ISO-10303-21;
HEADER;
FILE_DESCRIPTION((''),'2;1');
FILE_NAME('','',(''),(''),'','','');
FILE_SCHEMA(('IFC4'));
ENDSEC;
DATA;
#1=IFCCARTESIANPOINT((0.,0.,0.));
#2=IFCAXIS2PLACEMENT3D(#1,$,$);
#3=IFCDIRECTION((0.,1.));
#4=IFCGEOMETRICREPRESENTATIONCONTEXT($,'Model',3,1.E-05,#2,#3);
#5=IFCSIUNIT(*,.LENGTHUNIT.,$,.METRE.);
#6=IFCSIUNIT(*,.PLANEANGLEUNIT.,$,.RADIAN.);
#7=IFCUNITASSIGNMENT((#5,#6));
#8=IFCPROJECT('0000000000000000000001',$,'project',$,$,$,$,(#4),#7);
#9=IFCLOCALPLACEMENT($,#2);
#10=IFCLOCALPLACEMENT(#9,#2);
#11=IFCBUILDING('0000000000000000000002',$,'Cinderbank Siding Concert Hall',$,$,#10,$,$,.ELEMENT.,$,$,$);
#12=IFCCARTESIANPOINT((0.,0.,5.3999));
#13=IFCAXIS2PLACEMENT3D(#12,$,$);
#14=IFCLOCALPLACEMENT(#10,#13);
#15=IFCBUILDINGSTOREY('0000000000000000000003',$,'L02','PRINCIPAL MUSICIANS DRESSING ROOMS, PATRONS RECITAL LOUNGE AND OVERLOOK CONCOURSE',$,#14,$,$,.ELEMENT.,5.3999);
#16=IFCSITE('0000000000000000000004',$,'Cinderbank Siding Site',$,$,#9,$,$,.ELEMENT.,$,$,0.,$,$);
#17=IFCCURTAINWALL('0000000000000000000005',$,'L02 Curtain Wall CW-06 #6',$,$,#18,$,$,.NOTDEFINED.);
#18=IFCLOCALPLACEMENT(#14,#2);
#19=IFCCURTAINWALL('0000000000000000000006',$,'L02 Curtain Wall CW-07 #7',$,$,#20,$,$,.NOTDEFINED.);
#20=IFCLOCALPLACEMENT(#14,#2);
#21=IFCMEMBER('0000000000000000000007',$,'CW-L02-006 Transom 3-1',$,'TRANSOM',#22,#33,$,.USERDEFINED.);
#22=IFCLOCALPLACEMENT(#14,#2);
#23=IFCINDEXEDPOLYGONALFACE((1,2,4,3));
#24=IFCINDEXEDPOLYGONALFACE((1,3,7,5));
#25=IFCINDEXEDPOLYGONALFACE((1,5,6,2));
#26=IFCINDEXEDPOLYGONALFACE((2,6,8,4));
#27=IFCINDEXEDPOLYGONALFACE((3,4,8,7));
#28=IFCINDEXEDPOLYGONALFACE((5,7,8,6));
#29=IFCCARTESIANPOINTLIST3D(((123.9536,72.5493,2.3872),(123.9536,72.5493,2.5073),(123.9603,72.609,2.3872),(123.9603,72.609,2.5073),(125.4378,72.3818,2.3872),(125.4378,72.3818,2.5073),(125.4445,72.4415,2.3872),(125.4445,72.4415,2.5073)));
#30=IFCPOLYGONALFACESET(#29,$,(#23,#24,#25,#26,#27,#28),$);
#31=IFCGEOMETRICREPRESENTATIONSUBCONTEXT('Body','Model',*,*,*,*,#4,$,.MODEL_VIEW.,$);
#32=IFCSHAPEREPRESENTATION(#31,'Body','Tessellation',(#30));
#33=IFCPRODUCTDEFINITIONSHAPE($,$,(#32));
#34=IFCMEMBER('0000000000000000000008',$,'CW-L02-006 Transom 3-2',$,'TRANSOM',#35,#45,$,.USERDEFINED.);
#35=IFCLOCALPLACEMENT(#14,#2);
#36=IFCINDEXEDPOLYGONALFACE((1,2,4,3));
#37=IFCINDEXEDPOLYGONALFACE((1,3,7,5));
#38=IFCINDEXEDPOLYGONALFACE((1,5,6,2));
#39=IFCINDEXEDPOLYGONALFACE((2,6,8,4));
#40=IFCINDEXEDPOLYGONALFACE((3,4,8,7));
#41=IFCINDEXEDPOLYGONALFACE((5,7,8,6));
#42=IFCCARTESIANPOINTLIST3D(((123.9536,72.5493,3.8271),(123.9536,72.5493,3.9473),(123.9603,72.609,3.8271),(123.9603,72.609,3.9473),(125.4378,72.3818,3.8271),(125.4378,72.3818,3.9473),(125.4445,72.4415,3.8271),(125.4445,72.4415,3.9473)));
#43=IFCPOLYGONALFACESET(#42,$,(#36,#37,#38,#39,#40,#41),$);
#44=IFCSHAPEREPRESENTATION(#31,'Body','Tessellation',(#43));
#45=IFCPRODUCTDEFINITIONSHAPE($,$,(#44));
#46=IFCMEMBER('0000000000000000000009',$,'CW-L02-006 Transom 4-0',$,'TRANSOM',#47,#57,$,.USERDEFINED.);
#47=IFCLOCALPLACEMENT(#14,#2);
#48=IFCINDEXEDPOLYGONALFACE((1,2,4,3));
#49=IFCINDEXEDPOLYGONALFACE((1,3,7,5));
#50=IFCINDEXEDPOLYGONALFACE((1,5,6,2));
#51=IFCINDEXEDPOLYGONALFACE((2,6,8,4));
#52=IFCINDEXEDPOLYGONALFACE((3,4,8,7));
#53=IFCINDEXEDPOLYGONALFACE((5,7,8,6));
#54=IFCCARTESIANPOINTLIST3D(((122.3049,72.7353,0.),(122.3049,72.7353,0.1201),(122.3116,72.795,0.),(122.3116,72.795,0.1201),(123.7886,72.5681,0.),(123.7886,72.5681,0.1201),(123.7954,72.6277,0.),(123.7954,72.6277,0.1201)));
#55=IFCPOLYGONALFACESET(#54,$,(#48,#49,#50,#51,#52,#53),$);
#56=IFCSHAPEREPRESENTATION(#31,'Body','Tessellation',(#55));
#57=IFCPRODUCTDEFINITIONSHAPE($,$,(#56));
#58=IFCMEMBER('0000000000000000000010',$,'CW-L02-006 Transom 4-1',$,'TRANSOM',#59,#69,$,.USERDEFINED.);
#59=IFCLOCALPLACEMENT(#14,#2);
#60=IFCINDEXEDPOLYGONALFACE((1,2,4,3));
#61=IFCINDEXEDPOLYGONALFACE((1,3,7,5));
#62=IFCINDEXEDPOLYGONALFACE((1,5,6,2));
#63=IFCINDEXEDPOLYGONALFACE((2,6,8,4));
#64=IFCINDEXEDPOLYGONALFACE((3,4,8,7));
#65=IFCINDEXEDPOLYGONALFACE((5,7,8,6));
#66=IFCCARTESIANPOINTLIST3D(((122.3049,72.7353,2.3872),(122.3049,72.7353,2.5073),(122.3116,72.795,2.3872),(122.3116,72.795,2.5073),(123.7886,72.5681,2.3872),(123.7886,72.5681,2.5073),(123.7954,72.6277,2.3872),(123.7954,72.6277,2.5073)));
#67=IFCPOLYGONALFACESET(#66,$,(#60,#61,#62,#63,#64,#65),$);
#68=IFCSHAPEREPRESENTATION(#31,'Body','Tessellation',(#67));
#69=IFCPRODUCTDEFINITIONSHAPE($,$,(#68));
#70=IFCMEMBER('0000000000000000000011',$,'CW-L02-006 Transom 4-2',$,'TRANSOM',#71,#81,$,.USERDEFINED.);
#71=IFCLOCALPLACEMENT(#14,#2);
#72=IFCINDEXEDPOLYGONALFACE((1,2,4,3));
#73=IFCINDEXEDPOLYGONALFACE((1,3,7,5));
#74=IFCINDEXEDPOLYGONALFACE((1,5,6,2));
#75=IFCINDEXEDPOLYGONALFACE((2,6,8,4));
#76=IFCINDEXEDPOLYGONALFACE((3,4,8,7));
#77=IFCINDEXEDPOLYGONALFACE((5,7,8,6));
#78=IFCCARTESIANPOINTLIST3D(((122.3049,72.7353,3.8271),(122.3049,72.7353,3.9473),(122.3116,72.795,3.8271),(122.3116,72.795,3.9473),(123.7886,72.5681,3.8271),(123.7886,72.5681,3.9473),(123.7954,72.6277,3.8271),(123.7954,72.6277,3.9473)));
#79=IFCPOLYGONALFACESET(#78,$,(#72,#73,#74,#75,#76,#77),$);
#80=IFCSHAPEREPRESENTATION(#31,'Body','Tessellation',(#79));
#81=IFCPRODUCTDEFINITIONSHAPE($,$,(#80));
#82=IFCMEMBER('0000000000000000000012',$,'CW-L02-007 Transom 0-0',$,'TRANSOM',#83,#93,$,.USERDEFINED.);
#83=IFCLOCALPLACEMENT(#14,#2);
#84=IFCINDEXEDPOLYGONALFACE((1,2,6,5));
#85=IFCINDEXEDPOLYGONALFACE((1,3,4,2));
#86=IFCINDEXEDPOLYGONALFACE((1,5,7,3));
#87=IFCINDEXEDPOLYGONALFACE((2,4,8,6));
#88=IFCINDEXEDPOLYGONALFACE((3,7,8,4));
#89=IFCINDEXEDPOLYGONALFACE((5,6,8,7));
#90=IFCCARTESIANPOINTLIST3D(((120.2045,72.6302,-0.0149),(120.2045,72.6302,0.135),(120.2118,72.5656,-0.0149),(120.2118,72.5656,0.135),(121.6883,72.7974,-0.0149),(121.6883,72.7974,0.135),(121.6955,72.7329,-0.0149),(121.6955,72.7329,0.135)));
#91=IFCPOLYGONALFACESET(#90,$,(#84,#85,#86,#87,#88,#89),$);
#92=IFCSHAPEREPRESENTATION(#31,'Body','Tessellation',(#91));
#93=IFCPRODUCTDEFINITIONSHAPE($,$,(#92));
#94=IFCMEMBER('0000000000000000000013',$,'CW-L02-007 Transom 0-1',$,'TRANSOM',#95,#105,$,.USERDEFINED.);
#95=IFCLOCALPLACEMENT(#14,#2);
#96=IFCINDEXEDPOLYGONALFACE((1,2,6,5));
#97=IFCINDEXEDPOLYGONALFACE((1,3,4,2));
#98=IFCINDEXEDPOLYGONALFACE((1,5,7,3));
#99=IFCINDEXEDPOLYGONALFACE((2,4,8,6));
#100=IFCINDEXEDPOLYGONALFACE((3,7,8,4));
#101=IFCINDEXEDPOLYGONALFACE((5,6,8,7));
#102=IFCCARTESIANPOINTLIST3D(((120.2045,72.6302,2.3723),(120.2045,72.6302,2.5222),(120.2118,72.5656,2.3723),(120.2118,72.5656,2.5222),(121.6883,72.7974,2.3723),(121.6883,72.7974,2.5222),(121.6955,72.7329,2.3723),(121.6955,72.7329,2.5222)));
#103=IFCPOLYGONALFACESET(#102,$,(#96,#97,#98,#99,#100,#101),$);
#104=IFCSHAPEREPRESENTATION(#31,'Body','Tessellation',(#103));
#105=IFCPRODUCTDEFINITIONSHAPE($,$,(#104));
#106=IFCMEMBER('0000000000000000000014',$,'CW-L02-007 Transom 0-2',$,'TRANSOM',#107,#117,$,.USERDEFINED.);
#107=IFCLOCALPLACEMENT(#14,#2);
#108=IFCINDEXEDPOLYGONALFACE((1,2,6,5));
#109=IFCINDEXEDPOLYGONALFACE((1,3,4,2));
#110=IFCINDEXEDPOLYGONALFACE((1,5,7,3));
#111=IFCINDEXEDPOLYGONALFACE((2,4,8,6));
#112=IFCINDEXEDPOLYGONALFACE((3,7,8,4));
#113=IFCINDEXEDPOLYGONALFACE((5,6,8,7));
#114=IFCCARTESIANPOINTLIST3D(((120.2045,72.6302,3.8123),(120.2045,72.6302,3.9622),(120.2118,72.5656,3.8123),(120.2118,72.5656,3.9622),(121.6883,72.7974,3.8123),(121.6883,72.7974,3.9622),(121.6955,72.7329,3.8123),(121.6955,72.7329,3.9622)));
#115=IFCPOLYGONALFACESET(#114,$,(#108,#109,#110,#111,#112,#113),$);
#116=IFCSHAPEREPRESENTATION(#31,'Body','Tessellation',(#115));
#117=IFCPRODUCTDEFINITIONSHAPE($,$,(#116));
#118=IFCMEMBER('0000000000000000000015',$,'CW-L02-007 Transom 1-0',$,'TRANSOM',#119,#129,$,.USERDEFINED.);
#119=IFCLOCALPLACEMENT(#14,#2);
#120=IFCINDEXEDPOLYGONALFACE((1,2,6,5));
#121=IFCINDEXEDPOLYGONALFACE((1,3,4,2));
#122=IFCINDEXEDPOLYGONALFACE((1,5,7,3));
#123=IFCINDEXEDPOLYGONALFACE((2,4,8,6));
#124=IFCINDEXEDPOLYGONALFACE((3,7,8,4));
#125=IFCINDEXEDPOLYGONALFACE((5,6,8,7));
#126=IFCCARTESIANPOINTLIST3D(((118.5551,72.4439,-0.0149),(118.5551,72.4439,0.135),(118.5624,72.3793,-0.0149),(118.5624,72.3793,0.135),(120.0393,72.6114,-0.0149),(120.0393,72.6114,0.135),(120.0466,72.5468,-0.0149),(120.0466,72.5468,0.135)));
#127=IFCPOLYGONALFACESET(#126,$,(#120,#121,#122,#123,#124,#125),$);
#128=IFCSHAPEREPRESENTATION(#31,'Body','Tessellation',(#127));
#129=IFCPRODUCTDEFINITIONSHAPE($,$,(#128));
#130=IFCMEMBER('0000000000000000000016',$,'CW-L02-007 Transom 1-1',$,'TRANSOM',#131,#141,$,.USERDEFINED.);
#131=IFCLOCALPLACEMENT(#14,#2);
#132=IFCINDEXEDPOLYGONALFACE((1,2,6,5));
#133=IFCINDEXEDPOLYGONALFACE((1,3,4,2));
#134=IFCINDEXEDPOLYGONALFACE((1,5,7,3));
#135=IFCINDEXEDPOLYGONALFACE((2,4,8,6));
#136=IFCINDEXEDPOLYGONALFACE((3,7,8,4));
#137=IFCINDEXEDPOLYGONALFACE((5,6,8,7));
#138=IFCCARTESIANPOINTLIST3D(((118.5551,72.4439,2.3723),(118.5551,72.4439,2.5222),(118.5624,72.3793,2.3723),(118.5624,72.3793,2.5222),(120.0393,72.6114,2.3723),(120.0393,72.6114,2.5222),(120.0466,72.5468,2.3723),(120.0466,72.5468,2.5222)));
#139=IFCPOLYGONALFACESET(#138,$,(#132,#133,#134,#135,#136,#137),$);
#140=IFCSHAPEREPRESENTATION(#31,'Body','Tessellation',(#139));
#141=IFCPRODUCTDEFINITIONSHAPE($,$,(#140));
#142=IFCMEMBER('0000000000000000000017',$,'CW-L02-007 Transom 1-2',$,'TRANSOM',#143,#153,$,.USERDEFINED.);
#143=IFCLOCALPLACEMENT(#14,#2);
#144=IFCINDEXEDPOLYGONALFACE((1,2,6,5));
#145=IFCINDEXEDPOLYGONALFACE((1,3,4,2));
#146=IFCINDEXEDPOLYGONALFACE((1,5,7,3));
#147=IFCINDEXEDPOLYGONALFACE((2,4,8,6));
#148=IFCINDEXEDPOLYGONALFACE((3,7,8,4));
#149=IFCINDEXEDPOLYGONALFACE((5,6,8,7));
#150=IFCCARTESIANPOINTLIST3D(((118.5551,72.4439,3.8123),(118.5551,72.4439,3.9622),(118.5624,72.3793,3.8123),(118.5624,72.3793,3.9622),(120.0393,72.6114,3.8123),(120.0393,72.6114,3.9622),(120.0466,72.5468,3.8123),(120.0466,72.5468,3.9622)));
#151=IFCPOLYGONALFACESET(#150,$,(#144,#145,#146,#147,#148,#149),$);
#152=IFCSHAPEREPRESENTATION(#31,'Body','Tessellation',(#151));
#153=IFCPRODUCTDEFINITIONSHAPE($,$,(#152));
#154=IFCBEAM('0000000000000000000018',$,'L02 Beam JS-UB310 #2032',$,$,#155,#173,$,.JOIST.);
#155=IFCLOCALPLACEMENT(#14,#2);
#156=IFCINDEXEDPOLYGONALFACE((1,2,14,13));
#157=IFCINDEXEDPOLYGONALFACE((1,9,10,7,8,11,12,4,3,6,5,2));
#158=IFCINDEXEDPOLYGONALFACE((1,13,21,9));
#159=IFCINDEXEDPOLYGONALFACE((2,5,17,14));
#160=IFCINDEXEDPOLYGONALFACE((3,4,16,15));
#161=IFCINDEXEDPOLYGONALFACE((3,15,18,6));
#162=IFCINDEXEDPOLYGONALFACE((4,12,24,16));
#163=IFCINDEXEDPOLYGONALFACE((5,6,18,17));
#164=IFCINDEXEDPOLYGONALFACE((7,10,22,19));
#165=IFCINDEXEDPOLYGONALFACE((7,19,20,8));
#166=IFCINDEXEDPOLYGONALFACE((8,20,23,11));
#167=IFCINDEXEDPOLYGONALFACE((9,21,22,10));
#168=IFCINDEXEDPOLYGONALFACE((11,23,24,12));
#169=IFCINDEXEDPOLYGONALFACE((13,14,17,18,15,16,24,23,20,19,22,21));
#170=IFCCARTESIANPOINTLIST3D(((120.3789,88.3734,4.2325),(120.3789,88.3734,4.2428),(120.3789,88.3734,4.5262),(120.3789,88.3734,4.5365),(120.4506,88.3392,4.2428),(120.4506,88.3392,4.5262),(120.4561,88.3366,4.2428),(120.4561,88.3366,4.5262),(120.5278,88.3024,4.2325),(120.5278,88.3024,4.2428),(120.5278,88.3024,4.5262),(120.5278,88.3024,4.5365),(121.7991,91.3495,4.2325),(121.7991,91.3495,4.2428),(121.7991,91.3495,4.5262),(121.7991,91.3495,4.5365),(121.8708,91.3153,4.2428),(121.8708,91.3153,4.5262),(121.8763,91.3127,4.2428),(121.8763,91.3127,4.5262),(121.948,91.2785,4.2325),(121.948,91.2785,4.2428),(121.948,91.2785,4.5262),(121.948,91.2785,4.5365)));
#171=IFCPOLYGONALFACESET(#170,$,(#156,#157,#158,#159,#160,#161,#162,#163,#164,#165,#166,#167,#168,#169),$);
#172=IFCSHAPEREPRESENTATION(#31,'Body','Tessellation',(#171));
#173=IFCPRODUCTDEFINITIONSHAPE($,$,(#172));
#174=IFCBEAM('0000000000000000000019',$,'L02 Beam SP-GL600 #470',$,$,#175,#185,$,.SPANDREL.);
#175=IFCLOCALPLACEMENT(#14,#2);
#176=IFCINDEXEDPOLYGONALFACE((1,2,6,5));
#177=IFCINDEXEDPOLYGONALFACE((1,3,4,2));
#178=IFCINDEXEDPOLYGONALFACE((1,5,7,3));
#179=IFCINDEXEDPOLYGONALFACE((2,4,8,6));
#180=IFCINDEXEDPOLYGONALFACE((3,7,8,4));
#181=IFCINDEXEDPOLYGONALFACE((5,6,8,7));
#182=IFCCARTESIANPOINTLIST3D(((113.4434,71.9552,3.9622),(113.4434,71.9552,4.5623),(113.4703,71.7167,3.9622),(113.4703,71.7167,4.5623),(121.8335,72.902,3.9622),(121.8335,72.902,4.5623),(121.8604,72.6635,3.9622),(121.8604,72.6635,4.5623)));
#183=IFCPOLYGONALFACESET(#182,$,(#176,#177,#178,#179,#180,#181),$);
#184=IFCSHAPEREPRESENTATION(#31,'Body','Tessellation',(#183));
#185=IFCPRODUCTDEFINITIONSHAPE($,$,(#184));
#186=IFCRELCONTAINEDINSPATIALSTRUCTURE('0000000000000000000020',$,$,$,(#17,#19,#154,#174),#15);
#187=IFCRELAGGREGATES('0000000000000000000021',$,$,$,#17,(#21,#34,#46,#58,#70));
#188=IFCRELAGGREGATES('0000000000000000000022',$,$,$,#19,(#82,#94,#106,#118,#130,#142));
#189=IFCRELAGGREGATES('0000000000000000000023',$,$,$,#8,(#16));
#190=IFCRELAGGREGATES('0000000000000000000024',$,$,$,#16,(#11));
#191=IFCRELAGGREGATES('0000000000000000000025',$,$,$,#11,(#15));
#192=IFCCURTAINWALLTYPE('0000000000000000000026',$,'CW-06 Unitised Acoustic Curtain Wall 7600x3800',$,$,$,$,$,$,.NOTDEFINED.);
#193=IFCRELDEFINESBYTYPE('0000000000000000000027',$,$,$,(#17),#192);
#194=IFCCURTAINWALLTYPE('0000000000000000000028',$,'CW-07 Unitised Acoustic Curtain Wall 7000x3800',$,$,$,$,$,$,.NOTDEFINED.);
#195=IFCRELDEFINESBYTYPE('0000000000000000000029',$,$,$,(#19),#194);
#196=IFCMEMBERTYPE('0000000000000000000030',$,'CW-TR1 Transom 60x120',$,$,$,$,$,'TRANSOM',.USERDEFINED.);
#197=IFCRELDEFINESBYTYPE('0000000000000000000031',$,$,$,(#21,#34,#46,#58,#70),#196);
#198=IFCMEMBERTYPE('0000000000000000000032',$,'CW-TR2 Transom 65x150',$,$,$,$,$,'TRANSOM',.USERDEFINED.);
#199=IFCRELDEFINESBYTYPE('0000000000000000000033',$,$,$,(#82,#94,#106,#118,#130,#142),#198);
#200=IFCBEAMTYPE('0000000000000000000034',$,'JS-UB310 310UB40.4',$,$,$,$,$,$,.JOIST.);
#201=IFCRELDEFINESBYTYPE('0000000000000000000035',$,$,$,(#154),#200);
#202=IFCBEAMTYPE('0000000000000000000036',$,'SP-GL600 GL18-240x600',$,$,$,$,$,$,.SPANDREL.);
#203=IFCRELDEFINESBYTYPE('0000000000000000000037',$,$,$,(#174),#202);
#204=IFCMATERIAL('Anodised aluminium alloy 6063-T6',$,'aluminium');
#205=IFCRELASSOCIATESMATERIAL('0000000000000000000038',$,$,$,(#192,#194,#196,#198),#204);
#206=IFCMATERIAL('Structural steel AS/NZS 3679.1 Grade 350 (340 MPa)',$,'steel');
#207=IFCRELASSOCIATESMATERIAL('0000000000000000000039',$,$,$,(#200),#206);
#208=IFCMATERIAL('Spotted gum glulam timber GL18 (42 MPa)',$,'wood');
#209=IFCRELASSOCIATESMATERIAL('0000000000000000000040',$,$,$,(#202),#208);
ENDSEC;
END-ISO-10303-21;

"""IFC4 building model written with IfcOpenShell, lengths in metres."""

from ifc_helpers import new_model, si_unit, direction, frame, origin, origin_2d, place, context, subcontext, project, spatial, rectangle, i_section, extrude, material, material_profile, profile_set, type_object, element, aggregate, save


model = new_model("IFC4")

# Units and contexts
model_context = context("Model", 3, precision=1e-05, world=origin(), true_north=direction((0.0, 1.0)))
body_context = subcontext(model_context, "Body", "Model", "MODEL_VIEW")
ifc_project = project(units=[si_unit("LENGTHUNIT", "METRE"), si_unit("PLANEANGLEUNIT", "RADIAN")], contexts=[model_context])

# Site, building, storey
site_placement = place(None, origin())
site = spatial("IfcSite", under=ifc_project, at=site_placement, Name="Cinderbank Siding Site", CompositionType="ELEMENT", RefElevation=0.0)
building_placement = place(site_placement, origin())
building = spatial("IfcBuilding", under=site, at=building_placement, Name="Cinderbank Siding Concert Hall", CompositionType="ELEMENT")
storey_placement = place(building_placement, frame((0.0, 0.0, 5.3999)))
storey = spatial("IfcBuildingStorey", under=building, at=storey_placement, Name="L02", Description="PRINCIPAL MUSICIANS DRESSING ROOMS, PATRONS RECITAL LOUNGE AND OVERLOOK CONCOURSE", CompositionType="ELEMENT", Elevation=5.3999)

# Curtain wall
ifc_material_1 = material(Name="Anodised aluminium alloy 6063-T6", Category="aluminium")
curtain_wall_type_1 = type_object("IfcCurtainWallType", Name="CW-06 Unitised Acoustic Curtain Wall 7600x3800", PredefinedType="NOTDEFINED", material=ifc_material_1)
curtain_wall_1_placement = place(storey_placement, origin())
curtain_wall_1 = element("IfcCurtainWall", 1, at=curtain_wall_1_placement, inside=storey, type_object=curtain_wall_type_1, Name="L02 Curtain Wall CW-06 #6", PredefinedType="NOTDEFINED")

# Curtain wall
curtain_wall_type_2 = type_object("IfcCurtainWallType", Name="CW-07 Unitised Acoustic Curtain Wall 7000x3800", PredefinedType="NOTDEFINED", material=ifc_material_1)
curtain_wall_2_placement = place(storey_placement, origin())
curtain_wall_2 = element("IfcCurtainWall", 2, at=curtain_wall_2_placement, inside=storey, type_object=curtain_wall_type_2, Name="L02 Curtain Wall CW-07 #7", PredefinedType="NOTDEFINED")

# Members
ifc_material_profile_1 = material_profile(ifc_material_1, rectangle(XDim=0.0601, YDim=0.1201, at=origin_2d()), Name="ALU-TRAN-60x120", Category="LoadBearing")
ifc_profile_set_1 = profile_set([ifc_material_profile_1], Name="Anodised aluminium alloy 6063-T6")
member_type_1 = type_object("IfcMemberType", Name="CW-TR1 Transom 60x120", ElementType="TRANSOM", PredefinedType="USERDEFINED", material=ifc_profile_set_1)
member_1_placement = place(storey_placement, frame((125.4412, 72.4116, 2.4473), z_axis=(-0.993693, 0.112136, 0.0), x_axis=(-0.112136, -0.993693, 0.0)))
member_1 = element("IfcMember", 3, at=member_1_placement, type_object=member_type_1, Name="CW-L02-006 Transom 3-1", ObjectType="TRANSOM", PredefinedType="USERDEFINED", context=body_context, shape_type="SweptSolid", body=[
    extrude(rectangle(XDim=0.0601, YDim=0.1201, at=origin_2d()), origin(), (0.0, 0.0, 1.0), 1.4937),
])
member_2_placement = place(storey_placement, frame((125.4412, 72.4116, 3.8872), z_axis=(-0.993693, 0.112136, 0.0), x_axis=(-0.112136, -0.993693, 0.0)))
member_2 = element("IfcMember", 4, at=member_2_placement, type_object=member_type_1, Name="CW-L02-006 Transom 3-2", ObjectType="TRANSOM", PredefinedType="USERDEFINED", context=body_context, shape_type="SweptSolid", body=[
    extrude(rectangle(XDim=0.0601, YDim=0.1201, at=origin_2d()), origin(), (0.0, 0.0, 1.0), 1.4937),
])
member_3_placement = place(storey_placement, frame((123.792, 72.5979, 0.0601), z_axis=(-0.993709, 0.111993, 0.0), x_axis=(-0.111993, -0.993709, 0.0)))
member_3 = element("IfcMember", 5, at=member_3_placement, type_object=member_type_1, Name="CW-L02-006 Transom 4-0", ObjectType="TRANSOM", PredefinedType="USERDEFINED", context=body_context, shape_type="SweptSolid", body=[
    extrude(rectangle(XDim=0.0601, YDim=0.1201, at=origin_2d()), origin(), (0.0, 0.0, 1.0), 1.4932),
])
member_4_placement = place(storey_placement, frame((123.792, 72.5979, 2.4473), z_axis=(-0.993709, 0.111993, 0.0), x_axis=(-0.111993, -0.993709, 0.0)))
member_4 = element("IfcMember", 6, at=member_4_placement, type_object=member_type_1, Name="CW-L02-006 Transom 4-1", ObjectType="TRANSOM", PredefinedType="USERDEFINED", context=body_context, shape_type="SweptSolid", body=[
    extrude(rectangle(XDim=0.0601, YDim=0.1201, at=origin_2d()), origin(), (0.0, 0.0, 1.0), 1.4932),
])
member_5_placement = place(storey_placement, frame((123.792, 72.5979, 3.8872), z_axis=(-0.993709, 0.111993, 0.0), x_axis=(-0.111993, -0.993709, 0.0)))
member_5 = element("IfcMember", 7, at=member_5_placement, type_object=member_type_1, Name="CW-L02-006 Transom 4-2", ObjectType="TRANSOM", PredefinedType="USERDEFINED", context=body_context, shape_type="SweptSolid", body=[
    extrude(rectangle(XDim=0.0601, YDim=0.1201, at=origin_2d()), origin(), (0.0, 0.0, 1.0), 1.4932),
])
ifc_material_profile_2 = material_profile(ifc_material_1, rectangle(XDim=0.0649, YDim=0.1499, at=origin_2d()), Name="ALU-TRAN-65x150", Category="LoadBearing")
ifc_profile_set_2 = profile_set([ifc_material_profile_2], Name="Anodised aluminium alloy 6063-T6")
member_type_2 = type_object("IfcMemberType", Name="CW-TR2 Transom 65x150", ElementType="TRANSOM", PredefinedType="USERDEFINED", material=ifc_profile_set_2)
member_6_placement = place(storey_placement, frame((121.6919, 72.7651, 0.0601), z_axis=(-0.993709, -0.111993, 0.0), x_axis=(0.111993, -0.993709, 0.0)))
member_6 = element("IfcMember", 8, at=member_6_placement, type_object=member_type_2, Name="CW-L02-007 Transom 0-0", ObjectType="TRANSOM", PredefinedType="USERDEFINED", context=body_context, shape_type="SweptSolid", body=[
    extrude(rectangle(XDim=0.0649, YDim=0.1499, at=origin_2d()), origin(), (0.0, 0.0, 1.0), 1.4932),
])
member_7_placement = place(storey_placement, frame((121.6919, 72.7651, 2.4473), z_axis=(-0.993709, -0.111993, 0.0), x_axis=(0.111993, -0.993709, 0.0)))
member_7 = element("IfcMember", 9, at=member_7_placement, type_object=member_type_2, Name="CW-L02-007 Transom 0-1", ObjectType="TRANSOM", PredefinedType="USERDEFINED", context=body_context, shape_type="SweptSolid", body=[
    extrude(rectangle(XDim=0.0649, YDim=0.1499, at=origin_2d()), origin(), (0.0, 0.0, 1.0), 1.4932),
])
member_8_placement = place(storey_placement, frame((121.6919, 72.7651, 3.8872), z_axis=(-0.993709, -0.111993, 0.0), x_axis=(0.111993, -0.993709, 0.0)))
member_8 = element("IfcMember", 10, at=member_8_placement, type_object=member_type_2, Name="CW-L02-007 Transom 0-2", ObjectType="TRANSOM", PredefinedType="USERDEFINED", context=body_context, shape_type="SweptSolid", body=[
    extrude(rectangle(XDim=0.0649, YDim=0.1499, at=origin_2d()), origin(), (0.0, 0.0, 1.0), 1.4932),
])
member_9_placement = place(storey_placement, frame((120.043, 72.5791, 0.0601), z_axis=(-0.993693, -0.112136, 0.0), x_axis=(0.112136, -0.993693, 0.0)))
member_9 = element("IfcMember", 11, at=member_9_placement, type_object=member_type_2, Name="CW-L02-007 Transom 1-0", ObjectType="TRANSOM", PredefinedType="USERDEFINED", context=body_context, shape_type="SweptSolid", body=[
    extrude(rectangle(XDim=0.0649, YDim=0.1499, at=origin_2d()), origin(), (0.0, 0.0, 1.0), 1.4937),
])
member_10_placement = place(storey_placement, frame((120.043, 72.5791, 2.4473), z_axis=(-0.993693, -0.112136, 0.0), x_axis=(0.112136, -0.993693, 0.0)))
member_10 = element("IfcMember", 12, at=member_10_placement, type_object=member_type_2, Name="CW-L02-007 Transom 1-1", ObjectType="TRANSOM", PredefinedType="USERDEFINED", context=body_context, shape_type="SweptSolid", body=[
    extrude(rectangle(XDim=0.0649, YDim=0.1499, at=origin_2d()), origin(), (0.0, 0.0, 1.0), 1.4937),
])
member_11_placement = place(storey_placement, frame((120.043, 72.5791, 3.8872), z_axis=(-0.993693, -0.112136, 0.0), x_axis=(0.112136, -0.993693, 0.0)))
member_11 = element("IfcMember", 13, at=member_11_placement, type_object=member_type_2, Name="CW-L02-007 Transom 1-2", ObjectType="TRANSOM", PredefinedType="USERDEFINED", context=body_context, shape_type="SweptSolid", body=[
    extrude(rectangle(XDim=0.0649, YDim=0.1499, at=origin_2d()), origin(), (0.0, 0.0, 1.0), 1.4937),
])

# Beams
ifc_material_2 = material(Name="Structural steel AS/NZS 3679.1 Grade 350 (340 MPa)", Category="steel")
ifc_material_profile_3 = material_profile(ifc_material_2, i_section(OverallWidth=0.165, OverallDepth=0.304, WebThickness=0.0061, FlangeThickness=0.0103, at=origin_2d()), Name="310UB40.4", Category="LoadBearing")
ifc_profile_set_3 = profile_set([ifc_material_profile_3], Name="Structural steel AS/NZS 3679.1 Grade 350 (340 MPa)")
beam_type_1 = type_object("IfcBeamType", Name="JS-UB310 310UB40.4", PredefinedType="JOIST", material=ifc_profile_set_3)
beam_1_placement = place(storey_placement, frame((120.4534, 88.3379, 4.3845), z_axis=(0.430672, 0.902509, 0.0), x_axis=(-0.902509, 0.430672, 0.0)))
element("IfcBeam", 14, at=beam_1_placement, inside=storey, type_object=beam_type_1, Name="L02 Beam JS-UB310 #2032", PredefinedType="JOIST", context=body_context, shape_type="SweptSolid", body=[
    extrude(i_section(OverallWidth=0.165, OverallDepth=0.304, WebThickness=0.0061, FlangeThickness=0.0103, at=origin_2d()), origin(), (0.0, 0.0, 1.0), 3.2976),
])
ifc_material_3 = material(Name="Spotted gum glulam timber GL18 (42 MPa)", Category="wood")
ifc_material_profile_4 = material_profile(ifc_material_3, rectangle(XDim=0.24, YDim=0.6001, at=origin_2d()), Name="GL18-240x600", Category="LoadBearing")
ifc_profile_set_4 = profile_set([ifc_material_profile_4], Name="Spotted gum glulam timber GL18 (42 MPa)")
beam_type_2 = type_object("IfcBeamType", Name="SP-GL600 GL18-240x600", PredefinedType="SPANDREL", material=ifc_profile_set_4)
beam_2_placement = place(storey_placement, frame((121.8469, 72.7827, 4.2622), z_axis=(-0.993693, -0.112132, 0.0), x_axis=(0.112132, -0.993693, 0.0)))
element("IfcBeam", 15, at=beam_2_placement, inside=storey, type_object=beam_type_2, Name="L02 Beam SP-GL600 #470", PredefinedType="SPANDREL", context=body_context, shape_type="SweptSolid", body=[
    extrude(rectangle(XDim=0.24, YDim=0.6001, at=origin_2d()), origin(), (0.0, 0.0, 1.0), 8.4434),
])

aggregate(curtain_wall_1, [member_1, member_2, member_3, member_4, member_5])
aggregate(curtain_wall_2, [member_6, member_7, member_8, member_9, member_10, member_11])

save(model, "model.ifc")
